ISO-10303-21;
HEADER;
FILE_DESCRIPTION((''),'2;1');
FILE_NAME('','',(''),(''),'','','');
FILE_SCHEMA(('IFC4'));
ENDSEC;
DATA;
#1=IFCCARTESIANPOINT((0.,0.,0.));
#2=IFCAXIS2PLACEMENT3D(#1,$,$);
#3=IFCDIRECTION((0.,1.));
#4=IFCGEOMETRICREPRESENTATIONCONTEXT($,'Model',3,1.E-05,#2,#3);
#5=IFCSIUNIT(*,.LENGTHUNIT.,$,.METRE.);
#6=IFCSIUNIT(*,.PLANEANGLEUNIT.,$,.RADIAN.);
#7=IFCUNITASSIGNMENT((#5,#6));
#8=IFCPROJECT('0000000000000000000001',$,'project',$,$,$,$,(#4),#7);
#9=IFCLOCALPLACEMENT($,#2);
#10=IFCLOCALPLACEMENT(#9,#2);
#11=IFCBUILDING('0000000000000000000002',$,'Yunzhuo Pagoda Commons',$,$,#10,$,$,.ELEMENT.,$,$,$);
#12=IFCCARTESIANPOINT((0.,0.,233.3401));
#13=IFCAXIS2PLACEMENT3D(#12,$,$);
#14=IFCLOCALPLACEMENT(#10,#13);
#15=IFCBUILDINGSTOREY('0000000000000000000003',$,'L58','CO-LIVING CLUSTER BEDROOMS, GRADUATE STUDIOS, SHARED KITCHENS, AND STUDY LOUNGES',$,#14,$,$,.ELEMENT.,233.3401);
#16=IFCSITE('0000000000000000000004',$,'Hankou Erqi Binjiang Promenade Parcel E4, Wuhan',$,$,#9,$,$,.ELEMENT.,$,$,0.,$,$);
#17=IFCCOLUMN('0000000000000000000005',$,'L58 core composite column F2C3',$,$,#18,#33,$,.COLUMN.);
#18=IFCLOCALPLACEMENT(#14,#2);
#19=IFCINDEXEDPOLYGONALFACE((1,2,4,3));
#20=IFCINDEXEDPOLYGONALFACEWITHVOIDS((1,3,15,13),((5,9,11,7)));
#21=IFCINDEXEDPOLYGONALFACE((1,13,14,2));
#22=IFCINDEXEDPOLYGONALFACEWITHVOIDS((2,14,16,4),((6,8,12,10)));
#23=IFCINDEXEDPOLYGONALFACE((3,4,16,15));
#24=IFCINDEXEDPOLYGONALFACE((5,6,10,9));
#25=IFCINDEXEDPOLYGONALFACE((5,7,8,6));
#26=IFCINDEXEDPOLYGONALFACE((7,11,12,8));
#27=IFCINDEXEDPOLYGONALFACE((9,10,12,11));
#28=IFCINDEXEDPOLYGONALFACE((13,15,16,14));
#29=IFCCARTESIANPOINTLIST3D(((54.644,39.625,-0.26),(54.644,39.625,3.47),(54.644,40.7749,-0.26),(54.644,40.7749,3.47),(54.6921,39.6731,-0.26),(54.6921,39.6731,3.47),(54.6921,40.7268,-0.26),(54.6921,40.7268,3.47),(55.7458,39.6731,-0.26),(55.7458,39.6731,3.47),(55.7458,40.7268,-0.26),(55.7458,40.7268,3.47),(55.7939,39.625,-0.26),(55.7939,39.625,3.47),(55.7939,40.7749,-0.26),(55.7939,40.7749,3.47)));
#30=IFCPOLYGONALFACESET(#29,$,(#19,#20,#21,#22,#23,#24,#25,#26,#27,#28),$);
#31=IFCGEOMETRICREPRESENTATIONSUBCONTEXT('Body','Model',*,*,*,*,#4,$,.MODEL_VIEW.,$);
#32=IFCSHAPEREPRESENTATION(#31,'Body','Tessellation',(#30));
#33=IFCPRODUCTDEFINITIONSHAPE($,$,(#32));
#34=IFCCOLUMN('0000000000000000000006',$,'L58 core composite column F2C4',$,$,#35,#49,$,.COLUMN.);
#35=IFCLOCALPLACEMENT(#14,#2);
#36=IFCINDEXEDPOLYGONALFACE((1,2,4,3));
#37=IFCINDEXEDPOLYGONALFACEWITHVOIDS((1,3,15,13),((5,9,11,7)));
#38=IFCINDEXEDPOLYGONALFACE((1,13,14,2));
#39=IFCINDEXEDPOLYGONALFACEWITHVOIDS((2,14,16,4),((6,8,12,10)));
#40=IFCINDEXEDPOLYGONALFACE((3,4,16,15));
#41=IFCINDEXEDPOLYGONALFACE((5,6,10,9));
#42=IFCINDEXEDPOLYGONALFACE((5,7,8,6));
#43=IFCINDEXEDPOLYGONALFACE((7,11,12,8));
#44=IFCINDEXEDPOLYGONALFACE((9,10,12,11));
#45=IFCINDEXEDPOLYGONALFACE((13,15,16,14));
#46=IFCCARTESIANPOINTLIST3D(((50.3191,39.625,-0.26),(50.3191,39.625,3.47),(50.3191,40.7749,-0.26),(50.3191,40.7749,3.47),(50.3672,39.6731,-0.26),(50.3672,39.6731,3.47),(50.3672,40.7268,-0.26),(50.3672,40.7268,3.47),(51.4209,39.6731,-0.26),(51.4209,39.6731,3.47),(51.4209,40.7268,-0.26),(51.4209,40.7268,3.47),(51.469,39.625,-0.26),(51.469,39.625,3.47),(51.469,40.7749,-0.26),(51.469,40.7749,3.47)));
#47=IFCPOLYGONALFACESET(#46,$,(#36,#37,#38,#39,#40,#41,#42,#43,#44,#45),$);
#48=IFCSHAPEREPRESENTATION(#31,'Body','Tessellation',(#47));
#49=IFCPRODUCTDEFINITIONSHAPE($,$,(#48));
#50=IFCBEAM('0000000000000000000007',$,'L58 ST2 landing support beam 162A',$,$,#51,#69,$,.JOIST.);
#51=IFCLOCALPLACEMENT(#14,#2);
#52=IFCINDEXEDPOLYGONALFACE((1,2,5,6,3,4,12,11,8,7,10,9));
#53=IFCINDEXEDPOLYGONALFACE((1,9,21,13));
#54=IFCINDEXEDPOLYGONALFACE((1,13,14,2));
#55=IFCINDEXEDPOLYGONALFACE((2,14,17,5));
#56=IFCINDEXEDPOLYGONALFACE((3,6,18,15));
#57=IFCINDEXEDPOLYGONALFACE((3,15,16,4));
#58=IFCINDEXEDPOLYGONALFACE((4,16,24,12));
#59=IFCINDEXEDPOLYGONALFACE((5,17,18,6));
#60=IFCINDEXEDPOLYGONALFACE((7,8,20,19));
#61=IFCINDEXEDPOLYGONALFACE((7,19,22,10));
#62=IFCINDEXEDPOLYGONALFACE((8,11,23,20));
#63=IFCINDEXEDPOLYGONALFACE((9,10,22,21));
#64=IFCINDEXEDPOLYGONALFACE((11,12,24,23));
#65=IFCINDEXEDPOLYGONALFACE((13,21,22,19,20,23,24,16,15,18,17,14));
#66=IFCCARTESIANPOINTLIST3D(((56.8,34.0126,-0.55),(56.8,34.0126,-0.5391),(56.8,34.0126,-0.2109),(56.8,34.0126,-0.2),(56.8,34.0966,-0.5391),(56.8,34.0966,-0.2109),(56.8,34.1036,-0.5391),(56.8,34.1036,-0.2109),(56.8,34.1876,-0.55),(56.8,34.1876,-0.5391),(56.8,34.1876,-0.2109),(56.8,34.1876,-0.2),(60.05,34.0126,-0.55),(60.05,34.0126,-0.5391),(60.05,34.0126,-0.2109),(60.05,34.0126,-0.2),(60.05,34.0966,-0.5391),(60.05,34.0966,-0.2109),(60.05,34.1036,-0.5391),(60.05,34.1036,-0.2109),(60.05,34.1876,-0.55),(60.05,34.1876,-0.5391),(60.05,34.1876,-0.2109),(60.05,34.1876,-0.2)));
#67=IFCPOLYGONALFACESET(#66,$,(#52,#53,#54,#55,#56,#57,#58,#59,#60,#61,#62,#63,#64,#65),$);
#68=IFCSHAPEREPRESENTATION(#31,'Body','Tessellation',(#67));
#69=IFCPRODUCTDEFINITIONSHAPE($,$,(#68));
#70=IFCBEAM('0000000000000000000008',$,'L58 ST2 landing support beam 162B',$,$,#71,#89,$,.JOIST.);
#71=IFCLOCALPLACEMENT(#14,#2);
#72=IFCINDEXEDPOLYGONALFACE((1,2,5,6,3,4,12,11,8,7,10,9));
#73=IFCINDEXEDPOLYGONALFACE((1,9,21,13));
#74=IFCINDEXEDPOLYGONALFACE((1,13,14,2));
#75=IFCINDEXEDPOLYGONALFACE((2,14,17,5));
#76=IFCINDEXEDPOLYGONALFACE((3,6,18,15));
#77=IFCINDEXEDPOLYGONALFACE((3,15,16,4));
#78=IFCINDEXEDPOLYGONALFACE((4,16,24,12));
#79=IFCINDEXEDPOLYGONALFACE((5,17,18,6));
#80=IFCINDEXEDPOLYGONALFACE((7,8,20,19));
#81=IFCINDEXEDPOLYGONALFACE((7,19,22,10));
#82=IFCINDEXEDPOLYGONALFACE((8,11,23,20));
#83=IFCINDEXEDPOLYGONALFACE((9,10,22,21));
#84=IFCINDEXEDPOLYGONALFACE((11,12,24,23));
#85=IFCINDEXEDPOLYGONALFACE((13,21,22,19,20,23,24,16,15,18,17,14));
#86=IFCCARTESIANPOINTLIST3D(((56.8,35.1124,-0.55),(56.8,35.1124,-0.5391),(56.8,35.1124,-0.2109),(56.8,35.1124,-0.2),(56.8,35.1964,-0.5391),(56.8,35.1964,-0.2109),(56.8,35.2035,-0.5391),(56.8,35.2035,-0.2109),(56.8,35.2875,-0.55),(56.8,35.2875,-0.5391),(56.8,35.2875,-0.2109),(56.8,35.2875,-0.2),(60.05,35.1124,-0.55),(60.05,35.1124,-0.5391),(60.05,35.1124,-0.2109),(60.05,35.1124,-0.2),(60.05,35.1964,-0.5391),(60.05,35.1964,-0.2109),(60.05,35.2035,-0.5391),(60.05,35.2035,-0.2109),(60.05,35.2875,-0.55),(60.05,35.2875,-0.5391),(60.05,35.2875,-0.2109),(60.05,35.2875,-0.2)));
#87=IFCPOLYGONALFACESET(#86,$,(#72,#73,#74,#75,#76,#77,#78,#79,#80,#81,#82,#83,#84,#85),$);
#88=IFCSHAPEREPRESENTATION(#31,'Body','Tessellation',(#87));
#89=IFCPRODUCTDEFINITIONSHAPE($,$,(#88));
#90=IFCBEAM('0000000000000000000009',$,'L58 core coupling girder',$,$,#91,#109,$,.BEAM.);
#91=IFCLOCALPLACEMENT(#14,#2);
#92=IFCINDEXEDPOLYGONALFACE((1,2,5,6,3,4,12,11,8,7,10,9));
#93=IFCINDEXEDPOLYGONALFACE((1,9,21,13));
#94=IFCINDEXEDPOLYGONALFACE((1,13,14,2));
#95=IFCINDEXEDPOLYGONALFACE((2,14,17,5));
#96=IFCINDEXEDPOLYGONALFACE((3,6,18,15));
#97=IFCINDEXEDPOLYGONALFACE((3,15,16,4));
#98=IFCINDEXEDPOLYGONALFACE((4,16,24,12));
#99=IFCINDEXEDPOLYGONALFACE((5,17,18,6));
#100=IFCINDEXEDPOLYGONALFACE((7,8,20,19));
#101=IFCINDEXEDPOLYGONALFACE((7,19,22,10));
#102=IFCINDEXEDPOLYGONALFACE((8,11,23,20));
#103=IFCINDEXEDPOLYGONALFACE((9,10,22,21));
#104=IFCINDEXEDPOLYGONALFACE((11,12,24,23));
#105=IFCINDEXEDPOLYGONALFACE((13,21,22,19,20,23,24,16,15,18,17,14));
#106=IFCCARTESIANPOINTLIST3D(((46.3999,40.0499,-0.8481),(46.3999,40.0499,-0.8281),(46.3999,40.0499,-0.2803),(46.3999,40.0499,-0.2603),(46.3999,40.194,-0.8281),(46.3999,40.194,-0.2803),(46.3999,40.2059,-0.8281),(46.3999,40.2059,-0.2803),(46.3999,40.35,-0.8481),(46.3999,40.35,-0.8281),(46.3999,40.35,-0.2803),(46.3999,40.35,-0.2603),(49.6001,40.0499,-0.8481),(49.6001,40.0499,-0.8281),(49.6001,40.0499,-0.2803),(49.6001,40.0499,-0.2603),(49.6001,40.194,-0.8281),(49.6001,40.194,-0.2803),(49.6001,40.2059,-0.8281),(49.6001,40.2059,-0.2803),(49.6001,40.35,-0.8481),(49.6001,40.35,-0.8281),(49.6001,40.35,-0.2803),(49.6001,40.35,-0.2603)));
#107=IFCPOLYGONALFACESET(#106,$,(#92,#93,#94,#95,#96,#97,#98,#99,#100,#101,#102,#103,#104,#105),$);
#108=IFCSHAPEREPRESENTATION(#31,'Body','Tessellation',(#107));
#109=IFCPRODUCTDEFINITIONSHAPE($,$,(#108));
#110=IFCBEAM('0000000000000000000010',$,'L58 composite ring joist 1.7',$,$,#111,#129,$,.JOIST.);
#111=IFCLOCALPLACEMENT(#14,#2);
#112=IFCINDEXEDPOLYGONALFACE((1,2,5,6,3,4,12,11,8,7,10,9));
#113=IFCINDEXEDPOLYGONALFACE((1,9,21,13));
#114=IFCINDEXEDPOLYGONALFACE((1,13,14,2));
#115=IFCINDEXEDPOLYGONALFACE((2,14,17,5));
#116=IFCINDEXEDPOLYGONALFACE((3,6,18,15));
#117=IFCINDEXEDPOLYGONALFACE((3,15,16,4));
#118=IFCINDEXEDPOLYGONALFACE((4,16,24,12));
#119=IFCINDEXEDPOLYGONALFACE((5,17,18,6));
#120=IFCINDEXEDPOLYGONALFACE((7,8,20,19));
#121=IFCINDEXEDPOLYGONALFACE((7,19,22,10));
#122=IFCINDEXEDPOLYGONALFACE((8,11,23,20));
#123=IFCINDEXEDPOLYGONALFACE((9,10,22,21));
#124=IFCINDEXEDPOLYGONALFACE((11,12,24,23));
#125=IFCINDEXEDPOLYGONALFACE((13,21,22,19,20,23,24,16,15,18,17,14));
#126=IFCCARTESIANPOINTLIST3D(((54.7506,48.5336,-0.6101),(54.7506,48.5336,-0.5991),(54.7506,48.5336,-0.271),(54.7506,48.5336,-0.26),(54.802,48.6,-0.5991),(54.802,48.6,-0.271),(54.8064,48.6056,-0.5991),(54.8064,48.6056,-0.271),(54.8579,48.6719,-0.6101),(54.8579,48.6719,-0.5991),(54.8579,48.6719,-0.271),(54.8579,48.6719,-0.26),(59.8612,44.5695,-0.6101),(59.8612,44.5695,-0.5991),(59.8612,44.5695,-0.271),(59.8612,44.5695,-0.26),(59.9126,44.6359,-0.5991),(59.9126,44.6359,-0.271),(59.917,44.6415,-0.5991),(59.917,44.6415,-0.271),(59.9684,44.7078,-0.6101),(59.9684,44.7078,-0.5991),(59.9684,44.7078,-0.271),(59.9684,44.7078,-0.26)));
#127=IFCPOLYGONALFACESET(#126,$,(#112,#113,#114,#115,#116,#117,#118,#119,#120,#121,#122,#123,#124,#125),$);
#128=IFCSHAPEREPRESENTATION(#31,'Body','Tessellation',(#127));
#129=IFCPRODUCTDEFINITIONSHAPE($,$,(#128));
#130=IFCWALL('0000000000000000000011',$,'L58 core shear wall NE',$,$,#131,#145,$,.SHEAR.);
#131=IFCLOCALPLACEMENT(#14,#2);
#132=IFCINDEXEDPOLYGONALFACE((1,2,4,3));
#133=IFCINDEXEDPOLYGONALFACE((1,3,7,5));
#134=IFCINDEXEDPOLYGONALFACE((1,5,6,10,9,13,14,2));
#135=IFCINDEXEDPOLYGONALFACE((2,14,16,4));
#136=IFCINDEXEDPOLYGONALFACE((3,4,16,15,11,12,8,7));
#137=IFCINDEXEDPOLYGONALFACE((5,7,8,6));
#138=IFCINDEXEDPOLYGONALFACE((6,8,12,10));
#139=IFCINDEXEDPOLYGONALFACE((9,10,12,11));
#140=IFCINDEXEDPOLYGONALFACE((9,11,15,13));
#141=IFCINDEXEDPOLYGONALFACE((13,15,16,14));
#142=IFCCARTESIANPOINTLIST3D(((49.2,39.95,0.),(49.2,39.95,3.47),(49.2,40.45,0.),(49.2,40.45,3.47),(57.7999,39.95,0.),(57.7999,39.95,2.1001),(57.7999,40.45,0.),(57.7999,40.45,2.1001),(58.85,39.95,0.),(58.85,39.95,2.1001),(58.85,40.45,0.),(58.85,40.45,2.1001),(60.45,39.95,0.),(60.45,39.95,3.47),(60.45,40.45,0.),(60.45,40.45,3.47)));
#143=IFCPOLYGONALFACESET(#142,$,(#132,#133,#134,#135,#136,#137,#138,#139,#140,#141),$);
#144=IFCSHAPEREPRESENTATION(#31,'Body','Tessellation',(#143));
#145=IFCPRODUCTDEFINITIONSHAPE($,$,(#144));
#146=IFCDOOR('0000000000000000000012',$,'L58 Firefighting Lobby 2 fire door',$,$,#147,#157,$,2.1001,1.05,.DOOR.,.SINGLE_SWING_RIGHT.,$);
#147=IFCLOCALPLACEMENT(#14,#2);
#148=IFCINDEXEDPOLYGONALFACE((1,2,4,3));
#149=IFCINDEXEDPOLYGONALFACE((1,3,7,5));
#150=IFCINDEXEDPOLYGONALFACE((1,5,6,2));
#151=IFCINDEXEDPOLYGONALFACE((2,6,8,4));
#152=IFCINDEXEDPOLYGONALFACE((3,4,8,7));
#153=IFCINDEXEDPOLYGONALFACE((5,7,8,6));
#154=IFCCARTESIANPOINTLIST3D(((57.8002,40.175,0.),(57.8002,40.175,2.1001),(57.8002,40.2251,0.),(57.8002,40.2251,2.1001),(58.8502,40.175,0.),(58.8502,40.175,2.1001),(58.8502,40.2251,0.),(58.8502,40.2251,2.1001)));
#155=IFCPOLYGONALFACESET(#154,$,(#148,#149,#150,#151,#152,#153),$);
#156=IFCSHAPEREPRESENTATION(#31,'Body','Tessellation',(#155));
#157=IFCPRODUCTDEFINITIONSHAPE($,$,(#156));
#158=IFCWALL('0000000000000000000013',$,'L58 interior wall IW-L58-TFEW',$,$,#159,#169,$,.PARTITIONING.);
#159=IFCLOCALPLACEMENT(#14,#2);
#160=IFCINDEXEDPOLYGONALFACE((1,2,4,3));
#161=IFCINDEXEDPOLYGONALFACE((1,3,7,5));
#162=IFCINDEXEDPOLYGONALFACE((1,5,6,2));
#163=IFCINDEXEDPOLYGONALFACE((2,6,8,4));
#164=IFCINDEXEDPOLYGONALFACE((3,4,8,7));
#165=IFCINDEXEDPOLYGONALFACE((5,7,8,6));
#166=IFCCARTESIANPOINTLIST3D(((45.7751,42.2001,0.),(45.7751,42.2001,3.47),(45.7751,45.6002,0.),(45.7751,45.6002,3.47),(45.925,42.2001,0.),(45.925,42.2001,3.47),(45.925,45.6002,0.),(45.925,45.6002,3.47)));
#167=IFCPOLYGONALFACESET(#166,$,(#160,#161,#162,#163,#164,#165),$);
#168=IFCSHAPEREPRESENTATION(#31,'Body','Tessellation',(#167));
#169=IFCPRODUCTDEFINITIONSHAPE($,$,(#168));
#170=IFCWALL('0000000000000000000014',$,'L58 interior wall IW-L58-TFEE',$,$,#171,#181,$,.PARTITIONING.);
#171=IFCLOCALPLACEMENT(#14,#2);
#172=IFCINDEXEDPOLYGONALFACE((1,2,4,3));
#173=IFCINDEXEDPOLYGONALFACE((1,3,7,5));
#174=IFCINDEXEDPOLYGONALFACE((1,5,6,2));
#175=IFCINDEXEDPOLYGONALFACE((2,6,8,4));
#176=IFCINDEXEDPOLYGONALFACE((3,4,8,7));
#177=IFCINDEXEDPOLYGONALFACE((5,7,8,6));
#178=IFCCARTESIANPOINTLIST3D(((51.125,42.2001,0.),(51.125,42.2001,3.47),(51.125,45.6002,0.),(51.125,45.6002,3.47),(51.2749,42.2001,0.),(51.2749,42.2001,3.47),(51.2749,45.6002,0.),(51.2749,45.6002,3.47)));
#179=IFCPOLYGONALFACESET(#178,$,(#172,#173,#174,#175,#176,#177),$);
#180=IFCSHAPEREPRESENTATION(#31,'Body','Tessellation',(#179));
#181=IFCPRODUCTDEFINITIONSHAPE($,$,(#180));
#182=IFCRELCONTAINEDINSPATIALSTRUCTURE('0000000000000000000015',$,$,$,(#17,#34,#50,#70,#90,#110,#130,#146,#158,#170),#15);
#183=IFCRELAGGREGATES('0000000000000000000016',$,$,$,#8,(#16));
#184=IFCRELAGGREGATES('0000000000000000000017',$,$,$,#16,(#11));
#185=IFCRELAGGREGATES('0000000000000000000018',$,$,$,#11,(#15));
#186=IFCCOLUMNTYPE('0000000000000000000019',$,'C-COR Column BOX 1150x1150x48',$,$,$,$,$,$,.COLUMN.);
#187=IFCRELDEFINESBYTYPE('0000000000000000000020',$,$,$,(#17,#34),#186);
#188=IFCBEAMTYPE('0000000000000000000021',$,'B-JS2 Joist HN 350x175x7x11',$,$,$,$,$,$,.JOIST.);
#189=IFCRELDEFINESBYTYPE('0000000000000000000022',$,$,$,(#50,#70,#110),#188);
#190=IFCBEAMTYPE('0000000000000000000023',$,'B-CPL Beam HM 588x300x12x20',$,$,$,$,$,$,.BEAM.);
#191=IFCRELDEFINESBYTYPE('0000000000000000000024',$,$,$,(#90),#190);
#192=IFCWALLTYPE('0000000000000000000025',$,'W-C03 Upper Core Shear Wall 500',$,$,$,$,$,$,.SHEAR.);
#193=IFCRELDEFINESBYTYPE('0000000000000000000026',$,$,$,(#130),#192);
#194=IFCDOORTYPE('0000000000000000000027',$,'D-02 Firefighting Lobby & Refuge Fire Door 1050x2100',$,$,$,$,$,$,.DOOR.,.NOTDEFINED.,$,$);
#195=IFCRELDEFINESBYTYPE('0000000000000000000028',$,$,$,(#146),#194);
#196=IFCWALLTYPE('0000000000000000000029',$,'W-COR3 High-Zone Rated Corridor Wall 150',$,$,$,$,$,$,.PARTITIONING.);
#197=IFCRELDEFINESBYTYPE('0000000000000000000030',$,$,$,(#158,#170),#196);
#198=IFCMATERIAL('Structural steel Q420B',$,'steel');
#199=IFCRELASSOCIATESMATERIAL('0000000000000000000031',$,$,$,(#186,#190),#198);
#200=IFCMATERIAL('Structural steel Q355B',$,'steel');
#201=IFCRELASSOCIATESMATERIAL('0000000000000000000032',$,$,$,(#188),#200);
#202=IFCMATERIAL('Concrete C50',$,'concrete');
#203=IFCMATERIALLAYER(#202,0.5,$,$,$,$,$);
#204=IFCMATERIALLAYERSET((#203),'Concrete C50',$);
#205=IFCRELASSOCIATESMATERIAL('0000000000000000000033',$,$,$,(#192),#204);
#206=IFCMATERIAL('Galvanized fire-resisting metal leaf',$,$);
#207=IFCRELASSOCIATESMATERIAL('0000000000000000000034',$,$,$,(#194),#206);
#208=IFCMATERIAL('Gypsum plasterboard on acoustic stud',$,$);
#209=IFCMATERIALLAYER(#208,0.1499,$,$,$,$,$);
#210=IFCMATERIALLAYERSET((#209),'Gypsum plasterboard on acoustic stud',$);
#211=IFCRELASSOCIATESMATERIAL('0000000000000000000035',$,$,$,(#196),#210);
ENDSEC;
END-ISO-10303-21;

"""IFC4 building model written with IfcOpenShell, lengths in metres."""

from ifc_helpers import new_model, si_unit, direction, frame, frame_2d, origin, origin_2d, place, context, subcontext, project, spatial, rectangle, hollow_rectangle, i_section, extrude, source, transform, mapped, material, layer, layer_set, material_profile, profile_set, type_object, element, fill, save


model = new_model("IFC4")

# Units and contexts
model_context = context("Model", 3, precision=1e-05, world=origin(), true_north=direction((0.0, 1.0)))
body_context = subcontext(model_context, "Body", "Model", "MODEL_VIEW")
ifc_project = project(units=[si_unit("LENGTHUNIT", "METRE"), si_unit("PLANEANGLEUNIT", "RADIAN")], contexts=[model_context])

# Site, building, storey
site_placement = place(None, origin())
site = spatial("IfcSite", under=ifc_project, at=site_placement, Name="Hankou Erqi Binjiang Promenade Parcel E4, Wuhan", CompositionType="ELEMENT", RefElevation=0.0)
building_placement = place(site_placement, origin())
building = spatial("IfcBuilding", under=site, at=building_placement, Name="Yunzhuo Pagoda Commons", CompositionType="ELEMENT")
storey_placement = place(building_placement, frame((0.0, 0.0, 233.3401)))
storey = spatial("IfcBuildingStorey", under=building, at=storey_placement, Name="L58", Description="CO-LIVING CLUSTER BEDROOMS, GRADUATE STUDIOS, SHARED KITCHENS, AND STUDY LOUNGES", CompositionType="ELEMENT", Elevation=233.3401)

# Columns
ifc_material_1 = material(Name="Structural steel Q420B", Category="steel")
ifc_material_profile_1 = material_profile(ifc_material_1, hollow_rectangle(XDim=1.1499, YDim=1.1499, WallThickness=0.0481, at=origin_2d()), Name="Structural steel Q420B")
ifc_profile_set_1 = profile_set([ifc_material_profile_1], Name="Structural steel Q420B")
column_type = type_object("IfcColumnType", Name="C-COR Column BOX 1150x1150x48", PredefinedType="COLUMN", material=ifc_profile_set_1)
shared_shape_1 = source(origin(), body_context, "Body", "SweptSolid", [
    extrude(hollow_rectangle(XDim=1.1499, YDim=1.1499, WallThickness=0.0481, at=origin_2d()), origin(), (0.0, 0.0, 1.0), 3.73),
])
for number, where, z_axis, x_axis, name in (
    (1, (55.219, 40.2, -0.26), (0.0, 0.0, 1.0), (1.0, 0.0, 0.0), "L58 core composite column F2C3"),
    (2, (50.894, 40.2, -0.26), (0.0, 0.0, 1.0), (1.0, 0.0, 0.0), "L58 core composite column F2C4"),
):
    element("IfcColumn", number, at=place(storey_placement, frame(where, z_axis=z_axis, x_axis=x_axis)), inside=storey, type_object=column_type, Name=name, PredefinedType="COLUMN", context=body_context, shape_type="MappedRepresentation", body=[
        mapped(shared_shape_1, transform((0.0, 0.0, 0.0), scale=1.0)),
    ])

# Beams
ifc_material_2 = material(Name="Structural steel Q355B", Category="steel")
ifc_material_profile_2 = material_profile(ifc_material_2, i_section(OverallWidth=0.175, OverallDepth=0.3501, WebThickness=0.0071, FlangeThickness=0.011, at=origin_2d()), Name="Structural steel Q355B")
ifc_profile_set_2 = profile_set([ifc_material_profile_2], Name="Structural steel Q355B")
beam_type_1 = type_object("IfcBeamType", Name="B-JS2 Joist HN 350x175x7x11", PredefinedType="JOIST", material=ifc_profile_set_2)
shared_shape_2 = source(origin(), body_context, "Body", "SweptSolid", [
    extrude(i_section(OverallWidth=0.175, OverallDepth=0.3501, WebThickness=0.0071, FlangeThickness=0.011, at=origin_2d()), origin(), (0.0, 0.0, 1.0), 3.25),
])
for number, where, z_axis, x_axis, name in (
    (3, (56.8, 34.1001, -0.375), (1.0, 0.0, 0.0), (0.0, 1.0, 0.0), "L58 ST2 landing support beam 162A"),
    (4, (56.8, 35.2, -0.375), (1.0, 0.0, 0.0), (0.0, 1.0, 0.0), "L58 ST2 landing support beam 162B"),
):
    element("IfcBeam", number, at=place(storey_placement, frame(where, z_axis=z_axis, x_axis=x_axis)), inside=storey, type_object=beam_type_1, Name=name, PredefinedType="JOIST", context=body_context, shape_type="MappedRepresentation", body=[
        mapped(shared_shape_2, transform((0.0, 0.0, 0.0), scale=1.0)),
    ])
ifc_material_profile_3 = material_profile(ifc_material_1, i_section(OverallWidth=0.3, OverallDepth=0.5879, WebThickness=0.012, FlangeThickness=0.02, at=origin_2d()), Name="Structural steel Q420B")
ifc_profile_set_3 = profile_set([ifc_material_profile_3], Name="Structural steel Q420B")
beam_type_2 = type_object("IfcBeamType", Name="B-CPL Beam HM 588x300x12x20", PredefinedType="BEAM", material=ifc_profile_set_3)
shared_shape_3 = source(origin(), body_context, "Body", "SweptSolid", [
    extrude(i_section(OverallWidth=0.3, OverallDepth=0.5879, WebThickness=0.012, FlangeThickness=0.02, at=origin_2d()), origin(), (0.0, 0.0, 1.0), 3.2002),
])
beam_1_placement = place(storey_placement, frame((46.3999, 40.2, -0.5542), z_axis=(1.0, 0.0, 0.0), x_axis=(0.0, 1.0, 0.0)))
element("IfcBeam", 5, at=beam_1_placement, inside=storey, type_object=beam_type_2, Name="L58 core coupling girder", PredefinedType="BEAM", context=body_context, shape_type="MappedRepresentation", body=[
    mapped(shared_shape_3, transform((0.0, 0.0, 0.0), scale=1.0)),
])
shared_shape_4 = source(origin(), body_context, "Body", "SweptSolid", [
    extrude(i_section(OverallWidth=0.175, OverallDepth=0.3501, WebThickness=0.0071, FlangeThickness=0.011, at=origin_2d()), origin(), (0.0, 0.0, 1.0), 6.4678),
])
beam_2_placement = place(storey_placement, frame((59.9148, 44.6387, -0.4351), z_axis=(-0.79016, 0.6129, 0.0), x_axis=(-0.6129, -0.79016, 0.0)))
element("IfcBeam", 6, at=beam_2_placement, inside=storey, type_object=beam_type_1, Name="L58 composite ring joist 1.7", PredefinedType="JOIST", context=body_context, shape_type="MappedRepresentation", body=[
    mapped(shared_shape_4, transform((0.0, 0.0, 0.0), scale=1.0)),
])

# Wall, opening, door
ifc_material_3 = material(Name="Concrete C50", Category="concrete")
ifc_layer_1 = layer(ifc_material_3, 0.5)
ifc_layer_set_1 = layer_set([ifc_layer_1], Name="Concrete C50")
wall_type_1 = type_object("IfcWallType", Name="W-C03 Upper Core Shear Wall 500", PredefinedType="SHEAR", material=ifc_layer_set_1)
wall_1_placement = place(storey_placement, frame((49.2, 40.2, 0.0), z_axis=(0.0, 0.0, 1.0), x_axis=(1.0, 0.0, 0.0)))
wall_1 = element("IfcWall", 7, at=wall_1_placement, inside=storey, type_object=wall_type_1, Name="L58 core shear wall NE", PredefinedType="SHEAR", context=body_context, shape_type="SweptSolid", body=[
    extrude(rectangle(XDim=11.25, YDim=0.5, at=frame_2d((5.625, 0.0))), origin(), (0.0, 0.0, 1.0), 3.47),
])
opening_1_placement = place(wall_1_placement, frame((8.6001, 0.0, 0.0)))
opening_1 = element("IfcOpeningElement", 8, at=opening_1_placement, cuts=wall_1, PredefinedType="OPENING", context=body_context, shape_type="SweptSolid", body=[
    extrude(rectangle(XDim=1.05, YDim=2.1001, at=frame_2d((0.5249, 1.05))), frame((0.0, 0.26, 0.0), z_axis=(0.0, -1.0, 0.0), x_axis=(1.0, 0.0, 0.0)), (0.0, 0.0, 1.0), 0.52),
])
ifc_material_4 = material(Name="Galvanized fire-resisting metal leaf")
door_type_1 = type_object("IfcDoorType", Name="D-02 Firefighting Lobby & Refuge Fire Door 1050x2100", OperationType="NOTDEFINED", PredefinedType="DOOR", material=ifc_material_4)
shared_shape_5 = source(origin(), body_context, "Body", "SweptSolid", [
    extrude(rectangle(XDim=1.05, YDim=2.1001, at=frame_2d((0.5249, 1.05))), frame((0.0, 0.0249, 0.0), z_axis=(0.0, -1.0, 0.0), x_axis=(1.0, 0.0, 0.0)), (0.0, 0.0, 1.0), 0.05),
])
door_1_placement = place(opening_1_placement, frame((1.05, 0.0, 0.0), z_axis=(0.0, 0.0, 1.0), x_axis=(-1.0, 0.0, 0.0)))
door_1 = element("IfcDoor", 9, at=door_1_placement, inside=storey, type_object=door_type_1, Name="L58 Firefighting Lobby 2 fire door", OperationType="SINGLE_SWING_RIGHT", OverallHeight=2.1001, OverallWidth=1.05, PredefinedType="DOOR", context=body_context, shape_type="MappedRepresentation", body=[
    mapped(shared_shape_5, transform((0.0, 0.0, 0.0), scale=1.0)),
])
fill(opening_1, door_1)

# Walls
ifc_material_5 = material(Name="Gypsum plasterboard on acoustic stud")
ifc_layer_2 = layer(ifc_material_5, 0.1499)
ifc_layer_set_2 = layer_set([ifc_layer_2], Name="Gypsum plasterboard on acoustic stud")
wall_type_2 = type_object("IfcWallType", Name="W-COR3 High-Zone Rated Corridor Wall 150", PredefinedType="PARTITIONING", material=ifc_layer_set_2)
for number, where, z_axis, x_axis, name in (
    (10, (45.8501, 42.2, 0.0), (0.0, 0.0, 1.0), (0.0, 1.0, 0.0), "L58 interior wall IW-L58-TFEW"),
    (11, (51.2, 42.2, 0.0), (0.0, 0.0, 1.0), (0.0, 1.0, 0.0), "L58 interior wall IW-L58-TFEE"),
):
    element("IfcWall", number, at=place(storey_placement, frame(where, z_axis=z_axis, x_axis=x_axis)), inside=storey, type_object=wall_type_2, Name=name, PredefinedType="PARTITIONING", context=body_context, shape_type="SweptSolid", body=[
        extrude(rectangle(XDim=3.4001, YDim=0.1499, at=frame_2d((1.7002, 0.0))), origin(), (0.0, 0.0, 1.0), 3.47),
    ])

save(model, "model.ifc")
